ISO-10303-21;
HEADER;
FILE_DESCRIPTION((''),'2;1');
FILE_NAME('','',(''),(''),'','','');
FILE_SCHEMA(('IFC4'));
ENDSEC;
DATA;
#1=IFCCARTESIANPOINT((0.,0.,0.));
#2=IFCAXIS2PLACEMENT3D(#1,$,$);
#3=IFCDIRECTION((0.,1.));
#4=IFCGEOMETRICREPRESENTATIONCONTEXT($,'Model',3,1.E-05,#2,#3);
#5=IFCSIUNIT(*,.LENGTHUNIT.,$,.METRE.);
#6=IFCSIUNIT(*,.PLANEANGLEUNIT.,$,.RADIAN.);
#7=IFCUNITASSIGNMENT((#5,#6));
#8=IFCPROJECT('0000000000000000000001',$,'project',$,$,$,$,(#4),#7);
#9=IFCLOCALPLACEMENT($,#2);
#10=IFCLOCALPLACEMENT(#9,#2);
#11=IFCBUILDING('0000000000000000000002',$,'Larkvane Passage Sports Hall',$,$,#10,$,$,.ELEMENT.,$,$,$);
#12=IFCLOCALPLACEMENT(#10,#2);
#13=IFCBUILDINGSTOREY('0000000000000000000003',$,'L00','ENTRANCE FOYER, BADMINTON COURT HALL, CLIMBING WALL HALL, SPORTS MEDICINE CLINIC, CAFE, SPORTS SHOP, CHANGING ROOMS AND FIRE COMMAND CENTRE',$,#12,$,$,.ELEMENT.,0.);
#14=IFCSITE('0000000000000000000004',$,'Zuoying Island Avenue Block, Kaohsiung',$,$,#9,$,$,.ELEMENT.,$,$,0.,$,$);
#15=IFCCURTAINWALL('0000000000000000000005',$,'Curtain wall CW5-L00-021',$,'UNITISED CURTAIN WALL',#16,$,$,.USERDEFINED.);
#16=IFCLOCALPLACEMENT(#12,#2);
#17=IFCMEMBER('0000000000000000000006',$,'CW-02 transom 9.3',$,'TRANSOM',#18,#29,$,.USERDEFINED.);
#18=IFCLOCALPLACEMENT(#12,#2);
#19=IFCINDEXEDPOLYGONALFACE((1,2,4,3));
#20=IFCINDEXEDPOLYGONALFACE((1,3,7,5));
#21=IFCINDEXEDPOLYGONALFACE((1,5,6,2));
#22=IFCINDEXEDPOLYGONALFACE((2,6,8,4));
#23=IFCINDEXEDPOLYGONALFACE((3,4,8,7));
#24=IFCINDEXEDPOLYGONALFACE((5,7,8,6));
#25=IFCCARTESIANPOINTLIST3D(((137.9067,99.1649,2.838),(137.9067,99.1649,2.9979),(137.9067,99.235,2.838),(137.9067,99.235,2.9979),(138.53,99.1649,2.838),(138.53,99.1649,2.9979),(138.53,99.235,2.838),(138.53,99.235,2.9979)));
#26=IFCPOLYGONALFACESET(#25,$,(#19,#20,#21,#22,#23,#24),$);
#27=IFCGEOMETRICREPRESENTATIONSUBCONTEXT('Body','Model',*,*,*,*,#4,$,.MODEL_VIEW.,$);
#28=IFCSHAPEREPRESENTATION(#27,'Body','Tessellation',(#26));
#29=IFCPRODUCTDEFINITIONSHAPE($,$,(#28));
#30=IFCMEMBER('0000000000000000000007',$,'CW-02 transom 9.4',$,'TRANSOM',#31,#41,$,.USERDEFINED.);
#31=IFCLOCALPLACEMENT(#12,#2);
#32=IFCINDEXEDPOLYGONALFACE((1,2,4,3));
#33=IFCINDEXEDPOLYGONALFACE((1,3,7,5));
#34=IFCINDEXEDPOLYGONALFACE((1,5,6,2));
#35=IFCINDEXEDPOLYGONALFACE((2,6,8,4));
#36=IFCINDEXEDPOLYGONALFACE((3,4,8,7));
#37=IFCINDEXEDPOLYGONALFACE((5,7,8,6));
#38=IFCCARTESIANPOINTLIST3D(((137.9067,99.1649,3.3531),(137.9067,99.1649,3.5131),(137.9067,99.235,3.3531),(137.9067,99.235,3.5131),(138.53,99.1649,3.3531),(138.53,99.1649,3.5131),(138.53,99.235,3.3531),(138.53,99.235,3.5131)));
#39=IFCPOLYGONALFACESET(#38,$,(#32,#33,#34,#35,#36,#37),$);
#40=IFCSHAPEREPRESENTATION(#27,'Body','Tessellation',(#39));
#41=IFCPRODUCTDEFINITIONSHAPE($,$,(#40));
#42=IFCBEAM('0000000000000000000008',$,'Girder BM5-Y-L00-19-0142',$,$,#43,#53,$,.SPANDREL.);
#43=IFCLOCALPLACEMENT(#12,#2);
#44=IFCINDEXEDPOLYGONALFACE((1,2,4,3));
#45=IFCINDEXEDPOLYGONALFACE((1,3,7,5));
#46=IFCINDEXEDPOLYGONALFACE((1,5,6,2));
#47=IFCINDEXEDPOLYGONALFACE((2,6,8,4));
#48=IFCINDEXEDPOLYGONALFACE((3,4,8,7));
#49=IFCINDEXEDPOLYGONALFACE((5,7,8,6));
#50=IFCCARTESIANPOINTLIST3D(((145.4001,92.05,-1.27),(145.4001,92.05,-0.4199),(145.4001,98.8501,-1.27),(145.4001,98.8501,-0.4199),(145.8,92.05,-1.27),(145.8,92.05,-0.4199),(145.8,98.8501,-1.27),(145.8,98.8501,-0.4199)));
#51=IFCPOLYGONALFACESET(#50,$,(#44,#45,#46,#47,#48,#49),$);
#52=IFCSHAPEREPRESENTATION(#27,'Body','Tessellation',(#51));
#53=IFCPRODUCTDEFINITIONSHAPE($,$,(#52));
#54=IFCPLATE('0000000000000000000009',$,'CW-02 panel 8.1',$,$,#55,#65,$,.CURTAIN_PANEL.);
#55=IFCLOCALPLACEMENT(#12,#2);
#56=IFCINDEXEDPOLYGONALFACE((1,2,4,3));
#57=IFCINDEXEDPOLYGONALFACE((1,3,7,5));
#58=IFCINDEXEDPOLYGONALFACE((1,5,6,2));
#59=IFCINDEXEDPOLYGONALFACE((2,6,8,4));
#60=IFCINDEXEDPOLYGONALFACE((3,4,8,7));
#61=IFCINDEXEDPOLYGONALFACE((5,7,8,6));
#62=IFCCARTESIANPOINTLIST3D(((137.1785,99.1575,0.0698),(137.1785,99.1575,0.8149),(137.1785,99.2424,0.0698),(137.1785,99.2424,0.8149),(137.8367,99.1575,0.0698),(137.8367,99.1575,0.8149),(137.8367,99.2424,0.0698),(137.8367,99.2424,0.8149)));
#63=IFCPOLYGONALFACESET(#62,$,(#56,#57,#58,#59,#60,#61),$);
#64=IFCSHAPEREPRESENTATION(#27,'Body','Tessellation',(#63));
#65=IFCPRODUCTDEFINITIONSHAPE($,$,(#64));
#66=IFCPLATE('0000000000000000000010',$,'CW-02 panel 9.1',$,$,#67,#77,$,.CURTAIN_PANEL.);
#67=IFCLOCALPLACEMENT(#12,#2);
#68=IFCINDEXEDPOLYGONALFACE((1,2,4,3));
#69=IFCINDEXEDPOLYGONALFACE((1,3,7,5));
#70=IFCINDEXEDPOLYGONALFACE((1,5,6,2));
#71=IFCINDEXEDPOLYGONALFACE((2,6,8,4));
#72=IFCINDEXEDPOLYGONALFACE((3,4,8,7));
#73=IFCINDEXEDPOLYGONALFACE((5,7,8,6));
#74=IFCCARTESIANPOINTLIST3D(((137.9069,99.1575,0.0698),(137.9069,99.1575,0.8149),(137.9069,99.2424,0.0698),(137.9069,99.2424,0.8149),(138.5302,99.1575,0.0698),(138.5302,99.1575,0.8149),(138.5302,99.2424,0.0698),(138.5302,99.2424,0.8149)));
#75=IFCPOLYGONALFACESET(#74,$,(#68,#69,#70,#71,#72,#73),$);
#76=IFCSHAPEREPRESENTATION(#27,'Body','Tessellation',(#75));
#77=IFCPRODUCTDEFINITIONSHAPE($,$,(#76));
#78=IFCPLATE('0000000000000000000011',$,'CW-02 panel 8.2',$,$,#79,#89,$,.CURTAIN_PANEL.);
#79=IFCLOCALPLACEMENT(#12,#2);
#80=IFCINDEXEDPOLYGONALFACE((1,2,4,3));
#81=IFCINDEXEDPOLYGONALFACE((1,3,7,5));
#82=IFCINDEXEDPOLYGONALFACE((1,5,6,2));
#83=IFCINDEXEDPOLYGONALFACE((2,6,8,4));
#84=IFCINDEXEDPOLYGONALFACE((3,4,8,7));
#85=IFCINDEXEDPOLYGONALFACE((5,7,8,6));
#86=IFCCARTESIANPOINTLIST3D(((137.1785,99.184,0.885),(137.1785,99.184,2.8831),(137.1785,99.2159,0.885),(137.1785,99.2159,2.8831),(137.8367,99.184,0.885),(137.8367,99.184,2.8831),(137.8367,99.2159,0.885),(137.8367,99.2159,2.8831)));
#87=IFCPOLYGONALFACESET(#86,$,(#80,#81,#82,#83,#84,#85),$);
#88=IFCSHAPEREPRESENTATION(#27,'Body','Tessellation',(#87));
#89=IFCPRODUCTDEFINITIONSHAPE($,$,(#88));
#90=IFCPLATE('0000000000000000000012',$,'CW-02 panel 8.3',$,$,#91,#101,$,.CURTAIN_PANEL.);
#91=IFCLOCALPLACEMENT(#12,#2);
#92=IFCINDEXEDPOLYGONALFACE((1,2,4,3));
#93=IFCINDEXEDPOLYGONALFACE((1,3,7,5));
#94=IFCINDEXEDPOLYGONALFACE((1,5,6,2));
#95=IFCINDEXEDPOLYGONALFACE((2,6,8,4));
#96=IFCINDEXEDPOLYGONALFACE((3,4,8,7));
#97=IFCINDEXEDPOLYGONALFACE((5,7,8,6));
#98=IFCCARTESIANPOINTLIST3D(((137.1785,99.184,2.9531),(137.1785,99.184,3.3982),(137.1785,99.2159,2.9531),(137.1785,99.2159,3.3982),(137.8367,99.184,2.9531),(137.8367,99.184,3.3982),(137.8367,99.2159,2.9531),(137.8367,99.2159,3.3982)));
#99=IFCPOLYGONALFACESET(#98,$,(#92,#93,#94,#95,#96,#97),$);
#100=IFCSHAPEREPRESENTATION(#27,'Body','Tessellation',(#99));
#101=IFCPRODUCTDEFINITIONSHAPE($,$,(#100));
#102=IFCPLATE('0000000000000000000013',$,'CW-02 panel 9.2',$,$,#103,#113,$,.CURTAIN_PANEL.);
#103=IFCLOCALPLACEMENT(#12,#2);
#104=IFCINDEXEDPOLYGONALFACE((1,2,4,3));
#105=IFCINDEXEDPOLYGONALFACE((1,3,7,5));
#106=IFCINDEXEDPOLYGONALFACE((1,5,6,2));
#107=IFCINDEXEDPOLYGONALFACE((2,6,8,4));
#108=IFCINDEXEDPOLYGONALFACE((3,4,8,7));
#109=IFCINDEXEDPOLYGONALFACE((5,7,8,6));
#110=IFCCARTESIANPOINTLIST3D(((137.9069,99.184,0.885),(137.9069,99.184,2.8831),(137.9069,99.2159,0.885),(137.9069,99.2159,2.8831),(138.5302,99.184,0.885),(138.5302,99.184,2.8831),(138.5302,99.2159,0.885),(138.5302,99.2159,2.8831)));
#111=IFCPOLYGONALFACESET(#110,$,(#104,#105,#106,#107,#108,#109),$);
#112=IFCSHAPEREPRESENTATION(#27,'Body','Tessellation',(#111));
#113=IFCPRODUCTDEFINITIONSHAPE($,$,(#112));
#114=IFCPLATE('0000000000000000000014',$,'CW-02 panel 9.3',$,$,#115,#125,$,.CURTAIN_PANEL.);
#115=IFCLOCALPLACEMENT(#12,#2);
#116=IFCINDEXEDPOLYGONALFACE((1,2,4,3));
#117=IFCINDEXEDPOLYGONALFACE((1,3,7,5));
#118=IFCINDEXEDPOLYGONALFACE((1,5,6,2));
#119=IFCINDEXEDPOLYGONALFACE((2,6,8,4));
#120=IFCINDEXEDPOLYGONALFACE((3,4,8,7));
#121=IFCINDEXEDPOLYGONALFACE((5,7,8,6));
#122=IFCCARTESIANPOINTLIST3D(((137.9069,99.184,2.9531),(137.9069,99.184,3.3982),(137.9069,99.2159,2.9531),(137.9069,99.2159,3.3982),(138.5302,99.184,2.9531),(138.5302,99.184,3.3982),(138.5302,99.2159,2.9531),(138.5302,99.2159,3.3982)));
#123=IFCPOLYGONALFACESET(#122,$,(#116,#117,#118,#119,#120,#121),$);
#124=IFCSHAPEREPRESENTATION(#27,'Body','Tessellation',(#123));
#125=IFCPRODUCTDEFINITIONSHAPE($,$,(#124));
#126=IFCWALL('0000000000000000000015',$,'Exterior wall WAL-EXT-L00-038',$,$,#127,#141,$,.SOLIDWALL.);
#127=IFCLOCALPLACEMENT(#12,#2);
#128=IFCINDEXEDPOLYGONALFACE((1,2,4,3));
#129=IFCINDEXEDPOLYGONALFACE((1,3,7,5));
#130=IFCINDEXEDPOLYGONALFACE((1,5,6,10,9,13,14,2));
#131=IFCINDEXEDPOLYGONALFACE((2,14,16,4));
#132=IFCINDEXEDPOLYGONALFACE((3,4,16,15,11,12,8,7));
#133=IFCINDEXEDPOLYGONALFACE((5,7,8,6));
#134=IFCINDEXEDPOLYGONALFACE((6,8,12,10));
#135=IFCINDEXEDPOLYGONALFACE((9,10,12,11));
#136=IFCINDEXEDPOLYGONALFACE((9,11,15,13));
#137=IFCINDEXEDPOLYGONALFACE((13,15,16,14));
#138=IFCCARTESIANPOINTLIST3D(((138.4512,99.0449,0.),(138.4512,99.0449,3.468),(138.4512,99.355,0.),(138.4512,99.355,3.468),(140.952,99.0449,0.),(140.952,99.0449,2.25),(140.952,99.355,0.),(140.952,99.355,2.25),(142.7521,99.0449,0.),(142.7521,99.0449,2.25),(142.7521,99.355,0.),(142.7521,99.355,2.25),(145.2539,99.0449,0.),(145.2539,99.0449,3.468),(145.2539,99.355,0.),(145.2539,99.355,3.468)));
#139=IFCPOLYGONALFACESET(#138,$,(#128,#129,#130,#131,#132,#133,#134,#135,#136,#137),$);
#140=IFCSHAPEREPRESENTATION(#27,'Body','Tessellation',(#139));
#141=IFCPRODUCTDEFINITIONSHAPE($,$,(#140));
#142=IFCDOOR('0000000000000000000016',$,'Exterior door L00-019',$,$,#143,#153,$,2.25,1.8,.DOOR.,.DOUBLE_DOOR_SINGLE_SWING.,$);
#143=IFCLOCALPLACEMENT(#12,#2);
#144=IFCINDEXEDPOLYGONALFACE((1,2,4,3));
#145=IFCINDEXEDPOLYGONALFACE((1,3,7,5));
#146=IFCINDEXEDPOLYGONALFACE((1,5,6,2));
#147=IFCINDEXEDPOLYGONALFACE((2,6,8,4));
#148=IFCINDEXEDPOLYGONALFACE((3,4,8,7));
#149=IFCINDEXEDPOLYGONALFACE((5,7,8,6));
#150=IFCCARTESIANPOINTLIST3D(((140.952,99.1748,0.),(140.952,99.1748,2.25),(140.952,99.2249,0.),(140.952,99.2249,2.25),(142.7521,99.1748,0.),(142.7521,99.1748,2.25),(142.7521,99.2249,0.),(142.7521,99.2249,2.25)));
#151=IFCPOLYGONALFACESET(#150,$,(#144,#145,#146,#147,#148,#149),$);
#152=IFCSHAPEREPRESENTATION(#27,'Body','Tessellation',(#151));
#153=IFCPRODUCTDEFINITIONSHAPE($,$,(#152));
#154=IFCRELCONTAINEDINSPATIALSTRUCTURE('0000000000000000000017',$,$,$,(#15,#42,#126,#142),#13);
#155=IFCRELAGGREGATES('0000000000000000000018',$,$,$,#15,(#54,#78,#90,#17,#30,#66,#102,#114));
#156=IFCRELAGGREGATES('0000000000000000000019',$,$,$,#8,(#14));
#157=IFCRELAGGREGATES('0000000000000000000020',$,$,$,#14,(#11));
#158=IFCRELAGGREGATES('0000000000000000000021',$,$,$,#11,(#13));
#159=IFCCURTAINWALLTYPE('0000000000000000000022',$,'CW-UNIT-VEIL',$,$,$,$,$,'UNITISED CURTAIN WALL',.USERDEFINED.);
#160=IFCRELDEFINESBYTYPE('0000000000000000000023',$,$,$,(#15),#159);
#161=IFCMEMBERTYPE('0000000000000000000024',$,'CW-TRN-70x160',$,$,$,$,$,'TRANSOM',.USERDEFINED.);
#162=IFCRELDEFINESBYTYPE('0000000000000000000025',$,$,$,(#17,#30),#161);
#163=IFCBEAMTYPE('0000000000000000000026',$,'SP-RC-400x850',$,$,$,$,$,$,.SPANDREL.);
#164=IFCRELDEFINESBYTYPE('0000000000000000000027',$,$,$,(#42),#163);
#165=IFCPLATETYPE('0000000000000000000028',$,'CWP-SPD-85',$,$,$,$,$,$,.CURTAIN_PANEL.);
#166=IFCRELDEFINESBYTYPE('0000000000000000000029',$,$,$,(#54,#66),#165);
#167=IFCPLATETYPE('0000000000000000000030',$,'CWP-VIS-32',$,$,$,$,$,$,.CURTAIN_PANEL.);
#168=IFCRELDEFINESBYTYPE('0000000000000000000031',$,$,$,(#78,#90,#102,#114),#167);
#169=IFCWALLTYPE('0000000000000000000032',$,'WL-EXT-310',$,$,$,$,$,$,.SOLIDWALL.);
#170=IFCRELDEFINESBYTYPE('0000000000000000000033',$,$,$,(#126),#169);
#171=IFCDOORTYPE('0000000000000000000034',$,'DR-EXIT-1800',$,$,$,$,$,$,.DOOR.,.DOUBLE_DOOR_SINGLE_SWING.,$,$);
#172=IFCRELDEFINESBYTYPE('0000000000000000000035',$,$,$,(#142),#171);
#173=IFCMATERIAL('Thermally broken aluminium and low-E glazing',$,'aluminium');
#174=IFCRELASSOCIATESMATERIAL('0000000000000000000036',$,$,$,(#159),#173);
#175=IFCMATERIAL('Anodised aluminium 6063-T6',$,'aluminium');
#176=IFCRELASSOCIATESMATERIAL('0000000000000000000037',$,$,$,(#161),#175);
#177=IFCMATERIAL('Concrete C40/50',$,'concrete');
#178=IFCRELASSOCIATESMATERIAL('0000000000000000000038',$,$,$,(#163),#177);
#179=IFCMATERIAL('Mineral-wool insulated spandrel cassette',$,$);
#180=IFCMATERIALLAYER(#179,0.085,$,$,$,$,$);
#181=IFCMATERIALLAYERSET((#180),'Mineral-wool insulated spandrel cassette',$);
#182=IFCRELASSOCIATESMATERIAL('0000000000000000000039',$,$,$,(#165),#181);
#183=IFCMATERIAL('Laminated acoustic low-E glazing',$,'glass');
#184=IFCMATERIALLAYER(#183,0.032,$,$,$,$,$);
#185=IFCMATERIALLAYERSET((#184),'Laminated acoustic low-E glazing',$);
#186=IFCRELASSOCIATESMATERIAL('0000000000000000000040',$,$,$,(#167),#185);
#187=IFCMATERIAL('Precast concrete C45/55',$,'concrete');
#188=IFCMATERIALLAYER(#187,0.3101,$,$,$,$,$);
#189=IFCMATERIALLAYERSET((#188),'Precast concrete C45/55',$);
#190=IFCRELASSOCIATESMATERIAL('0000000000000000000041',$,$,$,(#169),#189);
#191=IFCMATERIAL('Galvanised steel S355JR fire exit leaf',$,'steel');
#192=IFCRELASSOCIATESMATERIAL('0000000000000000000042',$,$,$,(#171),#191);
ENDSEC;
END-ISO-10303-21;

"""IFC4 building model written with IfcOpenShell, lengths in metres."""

from ifc_helpers import new_model, si_unit, direction, frame, frame_2d, origin, origin_2d, place, context, subcontext, project, spatial, rectangle, extrude, material, layer, layer_set, material_profile, profile_set, type_object, element, fill, aggregate, save


model = new_model("IFC4")

# Units and contexts
model_context = context("Model", 3, precision=1e-05, world=origin(), true_north=direction((0.0, 1.0)))
body_context = subcontext(model_context, "Body", "Model", "MODEL_VIEW")
ifc_project = project(units=[si_unit("LENGTHUNIT", "METRE"), si_unit("PLANEANGLEUNIT", "RADIAN")], contexts=[model_context])

# Site, building, storey
site_placement = place(None, origin())
site = spatial("IfcSite", under=ifc_project, at=site_placement, Name="Zuoying Island Avenue Block, Kaohsiung", CompositionType="ELEMENT", RefElevation=0.0)
building_placement = place(site_placement, origin())
building = spatial("IfcBuilding", under=site, at=building_placement, Name="Larkvane Passage Sports Hall", CompositionType="ELEMENT")
storey_placement = place(building_placement, origin())
storey = spatial("IfcBuildingStorey", under=building, at=storey_placement, Name="L00", Description="ENTRANCE FOYER, BADMINTON COURT HALL, CLIMBING WALL HALL, SPORTS MEDICINE CLINIC, CAFE, SPORTS SHOP, CHANGING ROOMS AND FIRE COMMAND CENTRE", CompositionType="ELEMENT", Elevation=0.0)

# Curtain wall, members
ifc_material_1 = material(Name="Thermally broken aluminium and low-E glazing", Category="aluminium")
curtain_wall_type = type_object("IfcCurtainWallType", Name="CW-UNIT-VEIL", ElementType="UNITISED CURTAIN WALL", PredefinedType="USERDEFINED", material=ifc_material_1)
curtain_wall_placement = place(storey_placement, origin())
curtain_wall = element("IfcCurtainWall", 1, at=curtain_wall_placement, inside=storey, type_object=curtain_wall_type, Name="Curtain wall CW5-L00-021", ObjectType="UNITISED CURTAIN WALL", PredefinedType="USERDEFINED")
ifc_material_2 = material(Name="Anodised aluminium 6063-T6", Category="aluminium")
ifc_material_profile_1 = material_profile(ifc_material_2, rectangle(XDim=0.0701, YDim=0.1599, at=origin_2d()), Name="ALU-TRN-70x160")
ifc_profile_set_1 = profile_set([ifc_material_profile_1], Name="Anodised aluminium 6063-T6")
member_type_1 = type_object("IfcMemberType", Name="CW-TRN-70x160", ElementType="TRANSOM", PredefinedType="USERDEFINED", material=ifc_profile_set_1)
member_1_placement = place(storey_placement, frame((137.9067, 99.2, 2.918), z_axis=(1.0, 0.0, 0.0), x_axis=(0.0, 1.0, 0.0)))
member_1 = element("IfcMember", 2, at=member_1_placement, type_object=member_type_1, Name="CW-02 transom 9.3", ObjectType="TRANSOM", PredefinedType="USERDEFINED", context=body_context, shape_type="SweptSolid", body=[
    extrude(rectangle(XDim=0.0701, YDim=0.1599, at=origin_2d()), origin(), (0.0, 0.0, 1.0), 0.6233),
])
member_2_placement = place(storey_placement, frame((137.9067, 99.2, 3.4331), z_axis=(1.0, 0.0, 0.0), x_axis=(0.0, 1.0, 0.0)))
member_2 = element("IfcMember", 3, at=member_2_placement, type_object=member_type_1, Name="CW-02 transom 9.4", ObjectType="TRANSOM", PredefinedType="USERDEFINED", context=body_context, shape_type="SweptSolid", body=[
    extrude(rectangle(XDim=0.0701, YDim=0.1599, at=origin_2d()), origin(), (0.0, 0.0, 1.0), 0.6233),
])

# Beam
ifc_material_3 = material(Name="Concrete C40/50", Category="concrete")
ifc_material_profile_2 = material_profile(ifc_material_3, rectangle(XDim=0.3999, YDim=0.8501, at=origin_2d()), Name="RC-SP-400x850")
ifc_profile_set_2 = profile_set([ifc_material_profile_2], Name="Concrete C40/50")
beam_type = type_object("IfcBeamType", Name="SP-RC-400x850", PredefinedType="SPANDREL", material=ifc_profile_set_2)
beam_placement = place(storey_placement, frame((145.6001, 92.05, -0.845), z_axis=(0.0, 1.0, 0.0), x_axis=(-1.0, 0.0, 0.0)))
element("IfcBeam", 4, at=beam_placement, inside=storey, type_object=beam_type, Name="Girder BM5-Y-L00-19-0142", PredefinedType="SPANDREL", context=body_context, shape_type="SweptSolid", body=[
    extrude(rectangle(XDim=0.3999, YDim=0.8501, at=origin_2d()), origin(), (0.0, 0.0, 1.0), 6.8),
])

# Plates
ifc_material_4 = material(Name="Mineral-wool insulated spandrel cassette")
ifc_layer_1 = layer(ifc_material_4, 0.085)
ifc_layer_set_1 = layer_set([ifc_layer_1], Name="Mineral-wool insulated spandrel cassette")
plate_type_1 = type_object("IfcPlateType", Name="CWP-SPD-85", PredefinedType="CURTAIN_PANEL", material=ifc_layer_set_1)
plate_1_placement = place(storey_placement, frame((137.5076, 99.2, 0.0698), z_axis=(0.0, 0.0, 1.0), x_axis=(1.0, 0.0, 0.0)))
plate_1 = element("IfcPlate", 5, at=plate_1_placement, type_object=plate_type_1, Name="CW-02 panel 8.1", PredefinedType="CURTAIN_PANEL", context=body_context, shape_type="SweptSolid", body=[
    extrude(rectangle(XDim=0.6582, YDim=0.085, at=origin_2d()), origin(), (0.0, 0.0, 1.0), 0.7451),
])
plate_2_placement = place(storey_placement, frame((138.2185, 99.2, 0.0698), z_axis=(0.0, 0.0, 1.0), x_axis=(1.0, 0.0, 0.0)))
plate_2 = element("IfcPlate", 6, at=plate_2_placement, type_object=plate_type_1, Name="CW-02 panel 9.1", PredefinedType="CURTAIN_PANEL", context=body_context, shape_type="SweptSolid", body=[
    extrude(rectangle(XDim=0.6233, YDim=0.085, at=origin_2d()), origin(), (0.0, 0.0, 1.0), 0.7451),
])
ifc_material_5 = material(Name="Laminated acoustic low-E glazing", Category="glass")
ifc_layer_2 = layer(ifc_material_5, 0.032)
ifc_layer_set_2 = layer_set([ifc_layer_2], Name="Laminated acoustic low-E glazing")
plate_type_2 = type_object("IfcPlateType", Name="CWP-VIS-32", PredefinedType="CURTAIN_PANEL", material=ifc_layer_set_2)
plate_3_placement = place(storey_placement, frame((137.5076, 99.2, 0.885), z_axis=(0.0, 0.0, 1.0), x_axis=(1.0, 0.0, 0.0)))
plate_3 = element("IfcPlate", 7, at=plate_3_placement, type_object=plate_type_2, Name="CW-02 panel 8.2", PredefinedType="CURTAIN_PANEL", context=body_context, shape_type="SweptSolid", body=[
    extrude(rectangle(XDim=0.6582, YDim=0.032, at=origin_2d()), origin(), (0.0, 0.0, 1.0), 1.998),
])
plate_4_placement = place(storey_placement, frame((137.5076, 99.2, 2.9531), z_axis=(0.0, 0.0, 1.0), x_axis=(1.0, 0.0, 0.0)))
plate_4 = element("IfcPlate", 8, at=plate_4_placement, type_object=plate_type_2, Name="CW-02 panel 8.3", PredefinedType="CURTAIN_PANEL", context=body_context, shape_type="SweptSolid", body=[
    extrude(rectangle(XDim=0.6582, YDim=0.032, at=origin_2d()), origin(), (0.0, 0.0, 1.0), 0.4451),
])
plate_5_placement = place(storey_placement, frame((138.2185, 99.2, 0.885), z_axis=(0.0, 0.0, 1.0), x_axis=(1.0, 0.0, 0.0)))
plate_5 = element("IfcPlate", 9, at=plate_5_placement, type_object=plate_type_2, Name="CW-02 panel 9.2", PredefinedType="CURTAIN_PANEL", context=body_context, shape_type="SweptSolid", body=[
    extrude(rectangle(XDim=0.6233, YDim=0.032, at=origin_2d()), origin(), (0.0, 0.0, 1.0), 1.998),
])
plate_6_placement = place(storey_placement, frame((138.2185, 99.2, 2.9531), z_axis=(0.0, 0.0, 1.0), x_axis=(1.0, 0.0, 0.0)))
plate_6 = element("IfcPlate", 10, at=plate_6_placement, type_object=plate_type_2, Name="CW-02 panel 9.3", PredefinedType="CURTAIN_PANEL", context=body_context, shape_type="SweptSolid", body=[
    extrude(rectangle(XDim=0.6233, YDim=0.032, at=origin_2d()), origin(), (0.0, 0.0, 1.0), 0.4451),
])
aggregate(curtain_wall, [plate_1, plate_3, plate_4, member_1, member_2, plate_2, plate_5, plate_6])

# Wall, opening, door
ifc_material_6 = material(Name="Precast concrete C45/55", Category="concrete")
ifc_layer_3 = layer(ifc_material_6, 0.3101)
ifc_layer_set_3 = layer_set([ifc_layer_3], Name="Precast concrete C45/55")
wall_type_1 = type_object("IfcWallType", Name="WL-EXT-310", PredefinedType="SOLIDWALL", material=ifc_layer_set_3)
wall_1_placement = place(storey_placement, frame((138.4512, 99.2, 0.0), z_axis=(0.0, 0.0, 1.0), x_axis=(1.0, 0.0, 0.0)))
wall_1 = element("IfcWall", 11, at=wall_1_placement, inside=storey, type_object=wall_type_1, Name="Exterior wall WAL-EXT-L00-038", PredefinedType="SOLIDWALL", context=body_context, shape_type="SweptSolid", body=[
    extrude(rectangle(XDim=6.8027, YDim=0.3101, at=frame_2d((3.4014, 0.0))), origin(), (0.0, 0.0, 1.0), 3.468),
])
opening_1_placement = place(wall_1_placement, frame((2.501, 0.0, 0.0)))
opening_1 = element("IfcOpeningElement", 12, at=opening_1_placement, cuts=wall_1, PredefinedType="OPENING", context=body_context, shape_type="SweptSolid", body=[
    extrude(rectangle(XDim=1.8, YDim=2.25, at=frame_2d((0.8999, 1.125))), frame((0.0, 0.165, 0.0), z_axis=(0.0, -1.0, 0.0), x_axis=(1.0, 0.0, 0.0)), (0.0, 0.0, 1.0), 0.3301),
])
ifc_material_7 = material(Name="Galvanised steel S355JR fire exit leaf", Category="steel")
door_type_1 = type_object("IfcDoorType", Name="DR-EXIT-1800", OperationType="DOUBLE_DOOR_SINGLE_SWING", PredefinedType="DOOR", material=ifc_material_7)
door_1_placement = place(opening_1_placement, origin())
door_1 = element("IfcDoor", 13, at=door_1_placement, inside=storey, type_object=door_type_1, Name="Exterior door L00-019", OperationType="DOUBLE_DOOR_SINGLE_SWING", OverallHeight=2.25, OverallWidth=1.8, PredefinedType="DOOR", context=body_context, shape_type="SweptSolid", body=[
    extrude(rectangle(XDim=1.8, YDim=2.25, at=frame_2d((0.8999, 1.125))), frame((0.0, 0.0249, 0.0), z_axis=(0.0, -1.0, 0.0), x_axis=(1.0, 0.0, 0.0)), (0.0, 0.0, 1.0), 0.05),
])
fill(opening_1, door_1)

save(model, "model.ifc")
